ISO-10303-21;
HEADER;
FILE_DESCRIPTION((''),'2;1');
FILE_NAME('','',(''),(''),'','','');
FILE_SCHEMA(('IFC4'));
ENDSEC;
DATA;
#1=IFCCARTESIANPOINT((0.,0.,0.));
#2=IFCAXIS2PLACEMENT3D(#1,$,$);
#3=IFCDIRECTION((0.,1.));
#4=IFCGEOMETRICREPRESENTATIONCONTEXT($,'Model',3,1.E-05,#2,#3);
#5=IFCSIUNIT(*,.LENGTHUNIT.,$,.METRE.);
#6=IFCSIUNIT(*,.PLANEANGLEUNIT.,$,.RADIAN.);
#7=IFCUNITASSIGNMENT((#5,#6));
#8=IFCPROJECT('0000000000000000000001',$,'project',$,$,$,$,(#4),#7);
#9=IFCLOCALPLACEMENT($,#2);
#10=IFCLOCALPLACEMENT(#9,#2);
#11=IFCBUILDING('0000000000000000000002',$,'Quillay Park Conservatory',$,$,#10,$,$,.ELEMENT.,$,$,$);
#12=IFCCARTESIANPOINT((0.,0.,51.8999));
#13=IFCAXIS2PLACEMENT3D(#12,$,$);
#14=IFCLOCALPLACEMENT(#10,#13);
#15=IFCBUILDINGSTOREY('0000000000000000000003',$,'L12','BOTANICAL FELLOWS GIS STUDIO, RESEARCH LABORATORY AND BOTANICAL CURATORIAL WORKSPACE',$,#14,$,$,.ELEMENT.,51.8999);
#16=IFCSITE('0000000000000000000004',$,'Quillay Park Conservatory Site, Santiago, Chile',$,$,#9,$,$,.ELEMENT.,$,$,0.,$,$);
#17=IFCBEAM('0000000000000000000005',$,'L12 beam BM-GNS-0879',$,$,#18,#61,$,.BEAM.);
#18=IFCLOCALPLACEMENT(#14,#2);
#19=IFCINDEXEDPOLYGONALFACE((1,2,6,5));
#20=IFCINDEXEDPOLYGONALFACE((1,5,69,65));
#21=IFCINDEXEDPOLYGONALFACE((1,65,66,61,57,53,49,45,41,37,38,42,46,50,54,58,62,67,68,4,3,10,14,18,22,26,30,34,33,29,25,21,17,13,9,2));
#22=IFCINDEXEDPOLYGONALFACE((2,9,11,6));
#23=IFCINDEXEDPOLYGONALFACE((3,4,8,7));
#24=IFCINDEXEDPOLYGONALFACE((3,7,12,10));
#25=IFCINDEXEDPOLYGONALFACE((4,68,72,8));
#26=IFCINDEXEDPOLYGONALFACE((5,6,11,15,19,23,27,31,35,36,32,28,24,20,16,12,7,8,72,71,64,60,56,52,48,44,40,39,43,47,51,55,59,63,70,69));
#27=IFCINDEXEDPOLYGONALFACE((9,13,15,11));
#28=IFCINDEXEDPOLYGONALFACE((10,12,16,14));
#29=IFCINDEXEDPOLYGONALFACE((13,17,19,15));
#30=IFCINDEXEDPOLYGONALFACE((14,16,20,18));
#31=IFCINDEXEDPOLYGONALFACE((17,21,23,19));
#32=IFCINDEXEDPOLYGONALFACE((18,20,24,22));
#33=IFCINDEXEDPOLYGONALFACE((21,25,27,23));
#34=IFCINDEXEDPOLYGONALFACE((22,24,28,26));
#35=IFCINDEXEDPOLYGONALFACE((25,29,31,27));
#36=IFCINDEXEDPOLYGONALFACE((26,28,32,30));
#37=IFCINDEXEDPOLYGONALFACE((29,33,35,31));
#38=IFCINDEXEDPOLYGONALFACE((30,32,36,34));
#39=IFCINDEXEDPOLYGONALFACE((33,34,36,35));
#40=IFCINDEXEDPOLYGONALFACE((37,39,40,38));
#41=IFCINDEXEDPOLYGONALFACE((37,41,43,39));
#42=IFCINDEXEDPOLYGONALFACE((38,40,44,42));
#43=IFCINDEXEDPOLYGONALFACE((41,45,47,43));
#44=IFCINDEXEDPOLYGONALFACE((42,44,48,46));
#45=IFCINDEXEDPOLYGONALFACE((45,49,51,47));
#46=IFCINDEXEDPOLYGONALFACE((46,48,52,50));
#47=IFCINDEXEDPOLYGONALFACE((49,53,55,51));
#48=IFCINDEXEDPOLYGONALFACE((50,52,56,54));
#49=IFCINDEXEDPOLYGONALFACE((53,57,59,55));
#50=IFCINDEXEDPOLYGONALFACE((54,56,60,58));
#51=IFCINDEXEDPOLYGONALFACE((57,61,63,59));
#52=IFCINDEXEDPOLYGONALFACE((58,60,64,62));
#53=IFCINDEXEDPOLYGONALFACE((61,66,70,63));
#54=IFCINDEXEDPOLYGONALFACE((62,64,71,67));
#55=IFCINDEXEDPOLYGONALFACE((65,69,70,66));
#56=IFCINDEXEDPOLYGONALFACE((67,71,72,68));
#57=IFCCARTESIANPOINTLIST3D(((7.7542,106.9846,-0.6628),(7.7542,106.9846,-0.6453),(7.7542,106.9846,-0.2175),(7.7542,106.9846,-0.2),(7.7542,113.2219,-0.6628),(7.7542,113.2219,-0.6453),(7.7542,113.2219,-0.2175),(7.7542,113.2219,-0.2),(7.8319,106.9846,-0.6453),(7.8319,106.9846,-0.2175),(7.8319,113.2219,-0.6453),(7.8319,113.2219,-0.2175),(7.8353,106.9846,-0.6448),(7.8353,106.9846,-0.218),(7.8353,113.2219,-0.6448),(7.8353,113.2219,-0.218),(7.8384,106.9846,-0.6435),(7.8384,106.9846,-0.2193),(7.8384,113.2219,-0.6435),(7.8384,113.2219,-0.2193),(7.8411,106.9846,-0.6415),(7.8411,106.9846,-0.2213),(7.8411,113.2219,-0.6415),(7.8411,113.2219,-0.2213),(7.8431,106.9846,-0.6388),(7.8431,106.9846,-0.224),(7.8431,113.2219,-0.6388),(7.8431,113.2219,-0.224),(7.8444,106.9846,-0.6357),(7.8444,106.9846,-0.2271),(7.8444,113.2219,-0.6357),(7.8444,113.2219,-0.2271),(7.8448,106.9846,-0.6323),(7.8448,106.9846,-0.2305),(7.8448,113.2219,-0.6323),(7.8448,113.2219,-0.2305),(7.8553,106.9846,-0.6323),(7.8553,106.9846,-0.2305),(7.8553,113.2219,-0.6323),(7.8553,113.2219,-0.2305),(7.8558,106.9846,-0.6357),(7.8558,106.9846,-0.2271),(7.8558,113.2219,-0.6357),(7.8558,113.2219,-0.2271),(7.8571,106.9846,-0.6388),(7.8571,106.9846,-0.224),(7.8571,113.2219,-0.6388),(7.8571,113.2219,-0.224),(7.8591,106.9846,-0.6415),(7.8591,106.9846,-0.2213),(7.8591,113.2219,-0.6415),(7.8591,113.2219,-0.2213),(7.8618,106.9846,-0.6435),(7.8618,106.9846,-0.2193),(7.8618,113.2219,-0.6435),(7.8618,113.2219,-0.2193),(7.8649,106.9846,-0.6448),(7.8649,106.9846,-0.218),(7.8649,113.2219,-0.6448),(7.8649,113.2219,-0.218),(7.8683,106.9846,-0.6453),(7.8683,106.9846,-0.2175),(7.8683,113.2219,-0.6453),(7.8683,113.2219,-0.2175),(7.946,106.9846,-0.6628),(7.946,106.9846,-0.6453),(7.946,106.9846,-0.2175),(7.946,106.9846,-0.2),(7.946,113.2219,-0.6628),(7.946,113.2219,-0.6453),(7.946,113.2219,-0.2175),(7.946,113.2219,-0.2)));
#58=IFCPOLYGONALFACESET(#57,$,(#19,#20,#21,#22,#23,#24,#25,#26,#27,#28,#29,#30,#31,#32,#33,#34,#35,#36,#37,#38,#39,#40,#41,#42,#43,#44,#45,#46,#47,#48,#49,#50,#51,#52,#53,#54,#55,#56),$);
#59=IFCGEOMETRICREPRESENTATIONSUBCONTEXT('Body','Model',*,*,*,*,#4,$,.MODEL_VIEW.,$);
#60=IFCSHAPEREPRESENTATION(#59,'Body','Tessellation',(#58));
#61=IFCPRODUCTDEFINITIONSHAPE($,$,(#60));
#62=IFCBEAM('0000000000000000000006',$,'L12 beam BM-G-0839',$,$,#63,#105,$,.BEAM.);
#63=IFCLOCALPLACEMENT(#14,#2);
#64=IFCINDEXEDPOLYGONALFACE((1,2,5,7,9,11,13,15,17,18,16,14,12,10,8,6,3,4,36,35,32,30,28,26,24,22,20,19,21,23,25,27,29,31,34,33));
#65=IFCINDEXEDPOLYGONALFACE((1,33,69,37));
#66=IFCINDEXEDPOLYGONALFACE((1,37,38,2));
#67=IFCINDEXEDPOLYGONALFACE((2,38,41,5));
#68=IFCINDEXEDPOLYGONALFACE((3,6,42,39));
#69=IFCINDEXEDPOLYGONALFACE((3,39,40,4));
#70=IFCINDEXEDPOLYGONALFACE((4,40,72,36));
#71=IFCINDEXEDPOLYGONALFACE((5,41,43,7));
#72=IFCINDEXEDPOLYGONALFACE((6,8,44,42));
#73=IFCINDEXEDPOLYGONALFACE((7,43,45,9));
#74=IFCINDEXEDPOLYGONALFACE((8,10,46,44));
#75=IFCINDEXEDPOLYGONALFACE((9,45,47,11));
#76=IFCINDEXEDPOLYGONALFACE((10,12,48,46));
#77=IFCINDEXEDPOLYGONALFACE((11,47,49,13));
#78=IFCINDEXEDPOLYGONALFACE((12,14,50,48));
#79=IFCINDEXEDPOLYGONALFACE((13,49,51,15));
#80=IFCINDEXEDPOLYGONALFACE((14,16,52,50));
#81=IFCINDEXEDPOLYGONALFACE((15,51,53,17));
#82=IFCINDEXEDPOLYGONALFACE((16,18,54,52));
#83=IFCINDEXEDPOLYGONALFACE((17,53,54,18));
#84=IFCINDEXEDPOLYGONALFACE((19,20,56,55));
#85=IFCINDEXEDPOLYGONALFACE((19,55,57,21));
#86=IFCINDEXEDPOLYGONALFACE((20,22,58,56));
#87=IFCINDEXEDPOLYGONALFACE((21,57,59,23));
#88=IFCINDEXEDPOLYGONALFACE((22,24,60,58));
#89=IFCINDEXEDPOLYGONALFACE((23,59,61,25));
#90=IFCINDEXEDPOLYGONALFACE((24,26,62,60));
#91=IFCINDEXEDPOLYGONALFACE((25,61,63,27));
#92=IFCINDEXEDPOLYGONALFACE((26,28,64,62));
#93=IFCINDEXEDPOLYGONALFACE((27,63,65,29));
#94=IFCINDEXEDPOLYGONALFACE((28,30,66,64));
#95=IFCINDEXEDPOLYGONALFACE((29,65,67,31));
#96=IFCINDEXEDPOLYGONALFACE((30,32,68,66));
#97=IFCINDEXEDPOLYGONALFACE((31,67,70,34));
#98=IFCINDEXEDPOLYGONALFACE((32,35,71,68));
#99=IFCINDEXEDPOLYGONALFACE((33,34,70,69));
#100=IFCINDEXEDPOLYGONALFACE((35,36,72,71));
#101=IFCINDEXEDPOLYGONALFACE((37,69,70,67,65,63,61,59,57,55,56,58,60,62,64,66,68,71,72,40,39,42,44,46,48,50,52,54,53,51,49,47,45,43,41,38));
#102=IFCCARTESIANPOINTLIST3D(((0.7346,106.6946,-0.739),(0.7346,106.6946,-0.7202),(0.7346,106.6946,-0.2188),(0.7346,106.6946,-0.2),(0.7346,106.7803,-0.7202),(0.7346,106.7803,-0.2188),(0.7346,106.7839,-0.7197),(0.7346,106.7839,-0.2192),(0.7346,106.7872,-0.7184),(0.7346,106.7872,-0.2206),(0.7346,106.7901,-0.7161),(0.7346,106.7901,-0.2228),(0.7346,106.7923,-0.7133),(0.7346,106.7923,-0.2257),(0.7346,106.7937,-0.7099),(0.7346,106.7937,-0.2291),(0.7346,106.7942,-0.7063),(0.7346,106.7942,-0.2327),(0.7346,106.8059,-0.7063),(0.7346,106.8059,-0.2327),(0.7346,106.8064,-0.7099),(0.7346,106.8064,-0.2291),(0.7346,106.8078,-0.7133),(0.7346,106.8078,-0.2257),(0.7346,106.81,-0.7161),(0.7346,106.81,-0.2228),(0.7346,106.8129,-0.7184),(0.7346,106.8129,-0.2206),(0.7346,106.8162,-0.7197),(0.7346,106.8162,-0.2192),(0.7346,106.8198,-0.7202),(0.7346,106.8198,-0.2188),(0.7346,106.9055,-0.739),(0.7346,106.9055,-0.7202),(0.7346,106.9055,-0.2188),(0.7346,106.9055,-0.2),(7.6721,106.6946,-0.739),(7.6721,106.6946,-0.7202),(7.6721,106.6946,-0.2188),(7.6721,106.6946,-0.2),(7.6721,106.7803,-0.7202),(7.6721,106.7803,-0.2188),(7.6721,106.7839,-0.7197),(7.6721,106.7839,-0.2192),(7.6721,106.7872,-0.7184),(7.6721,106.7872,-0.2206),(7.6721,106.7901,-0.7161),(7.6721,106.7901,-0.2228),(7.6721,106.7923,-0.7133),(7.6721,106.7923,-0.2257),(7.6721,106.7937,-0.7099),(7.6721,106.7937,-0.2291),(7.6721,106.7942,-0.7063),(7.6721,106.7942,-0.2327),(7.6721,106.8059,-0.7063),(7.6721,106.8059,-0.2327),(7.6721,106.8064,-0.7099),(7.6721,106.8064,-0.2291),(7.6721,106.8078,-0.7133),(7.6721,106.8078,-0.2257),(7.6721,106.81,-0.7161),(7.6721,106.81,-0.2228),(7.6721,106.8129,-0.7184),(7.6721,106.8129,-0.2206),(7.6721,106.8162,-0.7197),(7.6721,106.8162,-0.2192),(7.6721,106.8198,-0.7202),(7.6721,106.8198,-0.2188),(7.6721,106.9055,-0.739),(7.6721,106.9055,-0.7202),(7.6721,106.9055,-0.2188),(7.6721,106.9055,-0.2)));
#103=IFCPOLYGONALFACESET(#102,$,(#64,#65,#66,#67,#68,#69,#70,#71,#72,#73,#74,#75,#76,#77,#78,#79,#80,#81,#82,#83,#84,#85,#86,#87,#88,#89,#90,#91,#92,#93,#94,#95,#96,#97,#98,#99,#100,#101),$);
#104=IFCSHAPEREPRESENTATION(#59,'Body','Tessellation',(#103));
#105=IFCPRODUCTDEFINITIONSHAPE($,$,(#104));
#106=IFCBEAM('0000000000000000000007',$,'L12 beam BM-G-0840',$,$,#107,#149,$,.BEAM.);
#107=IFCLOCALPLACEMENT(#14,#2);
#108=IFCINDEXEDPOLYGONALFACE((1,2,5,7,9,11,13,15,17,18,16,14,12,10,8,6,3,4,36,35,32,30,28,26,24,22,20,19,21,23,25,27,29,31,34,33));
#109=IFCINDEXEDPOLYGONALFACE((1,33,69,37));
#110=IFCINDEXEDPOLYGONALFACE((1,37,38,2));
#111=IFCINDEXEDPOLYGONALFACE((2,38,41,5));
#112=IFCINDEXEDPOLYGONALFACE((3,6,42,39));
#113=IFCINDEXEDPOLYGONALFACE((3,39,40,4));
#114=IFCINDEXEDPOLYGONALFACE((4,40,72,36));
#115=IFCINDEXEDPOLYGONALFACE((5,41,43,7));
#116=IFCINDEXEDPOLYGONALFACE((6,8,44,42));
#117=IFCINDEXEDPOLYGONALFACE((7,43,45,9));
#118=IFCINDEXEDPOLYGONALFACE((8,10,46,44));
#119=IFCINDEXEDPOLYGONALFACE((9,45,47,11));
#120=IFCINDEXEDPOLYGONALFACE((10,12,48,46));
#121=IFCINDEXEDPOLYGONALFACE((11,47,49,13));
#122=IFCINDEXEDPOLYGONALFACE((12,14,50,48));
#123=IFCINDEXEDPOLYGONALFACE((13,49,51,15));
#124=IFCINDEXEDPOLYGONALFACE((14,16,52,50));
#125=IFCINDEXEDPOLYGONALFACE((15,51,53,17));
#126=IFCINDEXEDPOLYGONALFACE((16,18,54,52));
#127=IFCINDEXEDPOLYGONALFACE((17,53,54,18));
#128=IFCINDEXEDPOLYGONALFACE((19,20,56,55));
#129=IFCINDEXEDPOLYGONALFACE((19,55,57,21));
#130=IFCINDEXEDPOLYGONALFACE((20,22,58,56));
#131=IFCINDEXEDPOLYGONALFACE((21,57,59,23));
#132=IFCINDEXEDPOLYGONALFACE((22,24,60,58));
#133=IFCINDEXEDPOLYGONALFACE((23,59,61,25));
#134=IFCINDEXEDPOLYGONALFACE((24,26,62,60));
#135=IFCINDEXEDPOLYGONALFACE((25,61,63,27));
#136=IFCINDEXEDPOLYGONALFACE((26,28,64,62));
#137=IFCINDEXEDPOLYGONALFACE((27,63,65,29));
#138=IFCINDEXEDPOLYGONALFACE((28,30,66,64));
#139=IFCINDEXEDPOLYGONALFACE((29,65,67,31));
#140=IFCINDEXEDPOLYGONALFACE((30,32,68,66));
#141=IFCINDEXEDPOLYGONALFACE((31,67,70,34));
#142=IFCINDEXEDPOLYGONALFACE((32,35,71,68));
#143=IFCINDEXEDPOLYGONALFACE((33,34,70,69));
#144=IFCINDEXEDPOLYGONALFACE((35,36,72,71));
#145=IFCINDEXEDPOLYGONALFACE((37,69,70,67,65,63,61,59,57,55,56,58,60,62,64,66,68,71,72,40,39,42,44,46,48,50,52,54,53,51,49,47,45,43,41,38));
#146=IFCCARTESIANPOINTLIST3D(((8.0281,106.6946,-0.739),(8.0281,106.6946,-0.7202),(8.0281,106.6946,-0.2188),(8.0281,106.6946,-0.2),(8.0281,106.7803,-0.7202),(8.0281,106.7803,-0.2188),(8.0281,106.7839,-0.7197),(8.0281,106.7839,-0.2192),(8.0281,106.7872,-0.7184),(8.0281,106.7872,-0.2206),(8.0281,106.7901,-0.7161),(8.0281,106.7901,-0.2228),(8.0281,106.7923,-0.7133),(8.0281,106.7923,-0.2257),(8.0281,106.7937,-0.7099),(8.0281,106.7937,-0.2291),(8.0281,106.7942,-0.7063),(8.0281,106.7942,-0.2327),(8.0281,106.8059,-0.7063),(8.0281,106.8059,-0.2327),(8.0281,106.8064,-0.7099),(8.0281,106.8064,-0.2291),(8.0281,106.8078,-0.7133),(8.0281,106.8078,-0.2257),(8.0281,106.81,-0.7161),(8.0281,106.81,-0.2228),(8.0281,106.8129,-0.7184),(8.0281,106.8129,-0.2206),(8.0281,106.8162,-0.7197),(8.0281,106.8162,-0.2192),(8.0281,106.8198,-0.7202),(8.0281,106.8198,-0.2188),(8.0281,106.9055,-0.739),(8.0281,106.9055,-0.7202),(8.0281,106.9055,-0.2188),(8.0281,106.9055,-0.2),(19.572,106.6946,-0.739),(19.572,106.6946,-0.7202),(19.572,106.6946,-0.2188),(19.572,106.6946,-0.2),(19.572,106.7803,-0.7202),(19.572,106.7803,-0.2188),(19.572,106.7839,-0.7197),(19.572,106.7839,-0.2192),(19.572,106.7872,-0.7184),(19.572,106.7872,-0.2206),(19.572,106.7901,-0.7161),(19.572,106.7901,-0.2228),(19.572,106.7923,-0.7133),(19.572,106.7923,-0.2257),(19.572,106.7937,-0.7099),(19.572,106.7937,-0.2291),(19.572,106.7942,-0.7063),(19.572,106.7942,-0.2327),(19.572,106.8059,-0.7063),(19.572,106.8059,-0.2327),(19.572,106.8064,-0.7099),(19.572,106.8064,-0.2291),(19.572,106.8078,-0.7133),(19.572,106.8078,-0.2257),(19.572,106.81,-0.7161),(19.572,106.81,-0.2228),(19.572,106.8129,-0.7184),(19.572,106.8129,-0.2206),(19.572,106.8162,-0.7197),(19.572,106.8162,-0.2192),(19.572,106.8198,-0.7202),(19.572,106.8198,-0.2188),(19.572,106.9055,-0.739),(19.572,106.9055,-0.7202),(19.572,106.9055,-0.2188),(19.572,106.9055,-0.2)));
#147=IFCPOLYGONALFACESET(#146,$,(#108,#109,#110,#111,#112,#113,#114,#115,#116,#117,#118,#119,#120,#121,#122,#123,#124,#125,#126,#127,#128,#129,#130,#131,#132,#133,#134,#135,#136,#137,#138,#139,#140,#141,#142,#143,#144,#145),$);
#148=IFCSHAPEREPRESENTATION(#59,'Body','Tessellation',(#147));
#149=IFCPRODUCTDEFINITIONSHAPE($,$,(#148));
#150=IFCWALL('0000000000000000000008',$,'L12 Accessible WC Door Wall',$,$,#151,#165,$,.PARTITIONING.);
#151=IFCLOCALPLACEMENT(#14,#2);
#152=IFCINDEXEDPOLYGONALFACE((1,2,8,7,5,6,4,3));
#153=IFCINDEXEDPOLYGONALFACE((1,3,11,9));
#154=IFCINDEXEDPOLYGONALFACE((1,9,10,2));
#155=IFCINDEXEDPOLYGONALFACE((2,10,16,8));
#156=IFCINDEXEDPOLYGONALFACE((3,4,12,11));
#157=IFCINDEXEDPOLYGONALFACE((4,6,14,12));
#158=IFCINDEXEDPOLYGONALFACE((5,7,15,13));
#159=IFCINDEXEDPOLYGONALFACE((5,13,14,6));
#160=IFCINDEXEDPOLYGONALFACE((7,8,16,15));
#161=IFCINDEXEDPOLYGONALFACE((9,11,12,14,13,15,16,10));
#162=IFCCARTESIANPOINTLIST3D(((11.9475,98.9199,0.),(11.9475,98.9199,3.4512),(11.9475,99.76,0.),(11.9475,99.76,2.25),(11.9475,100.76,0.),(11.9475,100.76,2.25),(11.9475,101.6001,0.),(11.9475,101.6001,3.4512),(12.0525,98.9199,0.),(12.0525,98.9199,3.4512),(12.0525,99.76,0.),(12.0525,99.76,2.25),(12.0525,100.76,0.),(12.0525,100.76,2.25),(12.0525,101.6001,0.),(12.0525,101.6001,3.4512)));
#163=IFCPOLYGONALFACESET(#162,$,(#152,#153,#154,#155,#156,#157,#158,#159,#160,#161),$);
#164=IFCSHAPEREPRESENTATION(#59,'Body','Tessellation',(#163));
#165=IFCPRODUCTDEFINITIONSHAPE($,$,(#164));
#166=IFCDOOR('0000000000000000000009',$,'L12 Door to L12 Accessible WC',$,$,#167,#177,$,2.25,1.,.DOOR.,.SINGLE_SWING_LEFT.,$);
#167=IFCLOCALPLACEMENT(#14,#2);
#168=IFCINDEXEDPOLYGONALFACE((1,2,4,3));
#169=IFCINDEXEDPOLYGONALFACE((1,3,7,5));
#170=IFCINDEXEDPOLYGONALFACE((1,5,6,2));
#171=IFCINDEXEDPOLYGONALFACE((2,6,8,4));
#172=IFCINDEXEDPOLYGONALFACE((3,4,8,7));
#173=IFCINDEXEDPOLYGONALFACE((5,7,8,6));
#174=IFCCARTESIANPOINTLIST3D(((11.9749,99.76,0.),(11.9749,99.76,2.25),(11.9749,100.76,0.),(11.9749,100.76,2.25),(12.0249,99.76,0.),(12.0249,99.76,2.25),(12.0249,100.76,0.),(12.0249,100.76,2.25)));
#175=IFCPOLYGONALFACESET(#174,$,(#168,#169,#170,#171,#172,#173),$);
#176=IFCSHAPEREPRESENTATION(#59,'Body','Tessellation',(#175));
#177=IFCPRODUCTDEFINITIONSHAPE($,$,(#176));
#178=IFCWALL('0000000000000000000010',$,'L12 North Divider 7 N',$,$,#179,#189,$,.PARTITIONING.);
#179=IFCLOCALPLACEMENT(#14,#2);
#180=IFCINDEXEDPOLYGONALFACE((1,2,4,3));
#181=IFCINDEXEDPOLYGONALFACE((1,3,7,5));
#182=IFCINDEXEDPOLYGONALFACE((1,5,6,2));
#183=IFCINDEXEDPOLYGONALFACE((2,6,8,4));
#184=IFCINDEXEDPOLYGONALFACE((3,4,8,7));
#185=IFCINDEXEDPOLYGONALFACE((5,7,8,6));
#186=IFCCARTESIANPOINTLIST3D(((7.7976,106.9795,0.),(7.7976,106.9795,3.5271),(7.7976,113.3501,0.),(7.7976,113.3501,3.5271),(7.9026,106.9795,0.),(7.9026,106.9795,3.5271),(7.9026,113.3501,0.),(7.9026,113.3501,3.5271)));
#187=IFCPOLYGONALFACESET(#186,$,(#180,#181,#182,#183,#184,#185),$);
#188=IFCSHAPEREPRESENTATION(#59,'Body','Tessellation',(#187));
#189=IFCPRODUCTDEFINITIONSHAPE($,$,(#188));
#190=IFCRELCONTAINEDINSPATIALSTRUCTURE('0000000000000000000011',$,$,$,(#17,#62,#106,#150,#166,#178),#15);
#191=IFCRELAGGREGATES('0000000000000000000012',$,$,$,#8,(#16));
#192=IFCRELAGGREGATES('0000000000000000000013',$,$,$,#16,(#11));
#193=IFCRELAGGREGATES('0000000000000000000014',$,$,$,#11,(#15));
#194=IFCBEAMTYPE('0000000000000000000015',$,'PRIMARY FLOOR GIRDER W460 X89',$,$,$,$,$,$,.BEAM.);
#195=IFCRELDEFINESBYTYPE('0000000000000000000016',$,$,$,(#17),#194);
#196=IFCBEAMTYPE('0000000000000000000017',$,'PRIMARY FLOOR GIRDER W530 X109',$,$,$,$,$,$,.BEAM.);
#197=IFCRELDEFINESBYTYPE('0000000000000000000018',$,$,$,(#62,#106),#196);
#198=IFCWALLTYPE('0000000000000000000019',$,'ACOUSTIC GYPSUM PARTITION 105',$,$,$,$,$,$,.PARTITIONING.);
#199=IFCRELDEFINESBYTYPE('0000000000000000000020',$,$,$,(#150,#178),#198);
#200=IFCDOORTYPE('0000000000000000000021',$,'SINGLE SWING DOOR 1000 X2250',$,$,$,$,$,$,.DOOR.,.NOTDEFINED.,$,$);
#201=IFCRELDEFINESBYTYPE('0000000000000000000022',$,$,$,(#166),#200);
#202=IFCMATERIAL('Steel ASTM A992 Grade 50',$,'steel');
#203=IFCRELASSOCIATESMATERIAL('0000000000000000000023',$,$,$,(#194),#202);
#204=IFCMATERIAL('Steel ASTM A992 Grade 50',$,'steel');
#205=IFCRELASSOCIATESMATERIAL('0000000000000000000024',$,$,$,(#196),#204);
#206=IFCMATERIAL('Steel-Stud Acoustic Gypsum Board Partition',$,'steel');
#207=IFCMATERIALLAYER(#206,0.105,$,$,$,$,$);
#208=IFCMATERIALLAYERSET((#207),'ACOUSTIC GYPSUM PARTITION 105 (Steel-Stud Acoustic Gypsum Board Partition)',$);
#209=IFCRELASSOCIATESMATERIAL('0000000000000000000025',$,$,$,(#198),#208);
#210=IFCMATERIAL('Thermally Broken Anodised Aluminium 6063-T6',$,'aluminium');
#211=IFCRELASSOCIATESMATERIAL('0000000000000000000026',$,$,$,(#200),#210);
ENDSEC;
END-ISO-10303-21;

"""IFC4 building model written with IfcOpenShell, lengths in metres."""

from ifc_helpers import new_model, si_unit, direction, frame, frame_2d, origin, origin_2d, place, context, subcontext, project, spatial, rectangle, i_section, extrude, material, layer, layer_set, material_profile, profile_set, type_object, element, fill, save


model = new_model("IFC4")

# Units and contexts
model_context = context("Model", 3, precision=1e-05, world=origin(), true_north=direction((0.0, 1.0)))
body_context = subcontext(model_context, "Body", "Model", "MODEL_VIEW")
ifc_project = project(units=[si_unit("LENGTHUNIT", "METRE"), si_unit("PLANEANGLEUNIT", "RADIAN")], contexts=[model_context])

# Site, building, storey
site_placement = place(None, origin())
site = spatial("IfcSite", under=ifc_project, at=site_placement, Name="Quillay Park Conservatory Site, Santiago, Chile", CompositionType="ELEMENT", RefElevation=0.0)
building_placement = place(site_placement, origin())
building = spatial("IfcBuilding", under=site, at=building_placement, Name="Quillay Park Conservatory", CompositionType="ELEMENT")
storey_placement = place(building_placement, frame((0.0, 0.0, 51.8999)))
storey = spatial("IfcBuildingStorey", under=building, at=storey_placement, Name="L12", Description="BOTANICAL FELLOWS GIS STUDIO, RESEARCH LABORATORY AND BOTANICAL CURATORIAL WORKSPACE", CompositionType="ELEMENT", Elevation=51.8999)

# Beams
ifc_material_1 = material(Name="Steel ASTM A992 Grade 50", Category="steel")
ifc_material_profile_1 = material_profile(ifc_material_1, i_section(OverallWidth=0.1919, OverallDepth=0.4629, WebThickness=0.0105, FlangeThickness=0.0176, FilletRadius=0.0129, at=origin_2d()), Name="W460x89")
ifc_profile_set_1 = profile_set([ifc_material_profile_1], Name="Steel ASTM A992 Grade 50")
beam_type_1 = type_object("IfcBeamType", Name="PRIMARY FLOOR GIRDER W460 X89", PredefinedType="BEAM", material=ifc_profile_set_1)
beam_1_placement = place(storey_placement, frame((7.8501, 106.9846, -0.4314), z_axis=(0.0, 1.0, 0.0), x_axis=(-1.0, 0.0, 0.0)))
element("IfcBeam", 1, at=beam_1_placement, inside=storey, type_object=beam_type_1, Name="L12 beam BM-GNS-0879", PredefinedType="BEAM", context=body_context, shape_type="SweptSolid", body=[
    extrude(i_section(OverallWidth=0.1919, OverallDepth=0.4629, WebThickness=0.0105, FlangeThickness=0.0176, FilletRadius=0.0129, at=origin_2d()), origin(), (0.0, 0.0, 1.0), 6.2373),
])
ifc_material_2 = material(Name="Steel ASTM A992 Grade 50", Category="steel")
ifc_material_profile_2 = material_profile(ifc_material_2, i_section(OverallWidth=0.2109, OverallDepth=0.5391, WebThickness=0.0117, FlangeThickness=0.0188, FilletRadius=0.0139, at=origin_2d()), Name="W530x109")
ifc_profile_set_2 = profile_set([ifc_material_profile_2], Name="Steel ASTM A992 Grade 50")
beam_type_2 = type_object("IfcBeamType", Name="PRIMARY FLOOR GIRDER W530 X109", PredefinedType="BEAM", material=ifc_profile_set_2)
beam_2_placement = place(storey_placement, frame((0.7346, 106.8, -0.4695), z_axis=(1.0, 0.0, 0.0), x_axis=(0.0, 1.0, 0.0)))
element("IfcBeam", 2, at=beam_2_placement, inside=storey, type_object=beam_type_2, Name="L12 beam BM-G-0839", PredefinedType="BEAM", context=body_context, shape_type="SweptSolid", body=[
    extrude(i_section(OverallWidth=0.2109, OverallDepth=0.5391, WebThickness=0.0117, FlangeThickness=0.0188, FilletRadius=0.0139, at=origin_2d()), origin(), (0.0, 0.0, 1.0), 6.9375),
])
beam_3_placement = place(storey_placement, frame((8.0281, 106.8, -0.4695), z_axis=(1.0, 0.0, 0.0), x_axis=(0.0, 1.0, 0.0)))
element("IfcBeam", 3, at=beam_3_placement, inside=storey, type_object=beam_type_2, Name="L12 beam BM-G-0840", PredefinedType="BEAM", context=body_context, shape_type="SweptSolid", body=[
    extrude(i_section(OverallWidth=0.2109, OverallDepth=0.5391, WebThickness=0.0117, FlangeThickness=0.0188, FilletRadius=0.0139, at=origin_2d()), origin(), (0.0, 0.0, 1.0), 11.5439),
])

# Wall, opening, door
ifc_material_3 = material(Name="Steel-Stud Acoustic Gypsum Board Partition", Category="steel")
ifc_layer_1 = layer(ifc_material_3, 0.105)
ifc_layer_set_1 = layer_set([ifc_layer_1], Name="ACOUSTIC GYPSUM PARTITION 105 (Steel-Stud Acoustic Gypsum Board Partition)")
wall_type_1 = type_object("IfcWallType", Name="ACOUSTIC GYPSUM PARTITION 105", PredefinedType="PARTITIONING", material=ifc_layer_set_1)
wall_1_placement = place(storey_placement, frame((12.0, 101.6001, 0.0), z_axis=(0.0, 0.0, 1.0), x_axis=(0.0, -1.0, 0.0)))
wall_1 = element("IfcWall", 4, at=wall_1_placement, inside=storey, type_object=wall_type_1, Name="L12 Accessible WC Door Wall", PredefinedType="PARTITIONING", context=body_context, shape_type="SweptSolid", body=[
    extrude(rectangle(XDim=2.6802, YDim=0.105, at=frame_2d((1.3401, 0.0))), origin(), (0.0, 0.0, 1.0), 3.4512),
])
opening_1_placement = place(wall_1_placement, frame((0.8401, 0.0, 0.0)))
opening_1 = element("IfcOpeningElement", 5, at=opening_1_placement, cuts=wall_1, PredefinedType="OPENING", context=body_context, shape_type="SweptSolid", body=[
    extrude(rectangle(XDim=1.0, YDim=2.25, at=frame_2d((0.5, 1.125))), frame((0.0, 0.0525, 0.0), z_axis=(0.0, -1.0, 0.0), x_axis=(1.0, 0.0, 0.0)), (0.0, 0.0, 1.0), 0.105),
])
ifc_material_4 = material(Name="Thermally Broken Anodised Aluminium 6063-T6", Category="aluminium")
door_type_1 = type_object("IfcDoorType", Name="SINGLE SWING DOOR 1000 X2250", OperationType="NOTDEFINED", PredefinedType="DOOR", material=ifc_material_4)
door_1_placement = place(opening_1_placement, origin())
door_1 = element("IfcDoor", 6, at=door_1_placement, inside=storey, type_object=door_type_1, Name="L12 Door to L12 Accessible WC", OperationType="SINGLE_SWING_LEFT", OverallHeight=2.25, OverallWidth=1.0, PredefinedType="DOOR", context=body_context, shape_type="SweptSolid", body=[
    extrude(rectangle(XDim=1.0, YDim=2.25, at=frame_2d((0.5, 1.125))), frame((0.0, 0.0249, 0.0), z_axis=(0.0, -1.0, 0.0), x_axis=(1.0, 0.0, 0.0)), (0.0, 0.0, 1.0), 0.05),
])
fill(opening_1, door_1)

# Wall
wall_2_placement = place(storey_placement, frame((7.8501, 113.3501, 0.0), z_axis=(0.0, 0.0, 1.0), x_axis=(0.0, -1.0, 0.0)))
element("IfcWall", 7, at=wall_2_placement, inside=storey, type_object=wall_type_1, Name="L12 North Divider 7 N", PredefinedType="PARTITIONING", context=body_context, shape_type="SweptSolid", body=[
    extrude(rectangle(XDim=6.3706, YDim=0.105, at=frame_2d((3.1853, 0.0))), origin(), (0.0, 0.0, 1.0), 3.5271),
])

save(model, "model.ifc")
